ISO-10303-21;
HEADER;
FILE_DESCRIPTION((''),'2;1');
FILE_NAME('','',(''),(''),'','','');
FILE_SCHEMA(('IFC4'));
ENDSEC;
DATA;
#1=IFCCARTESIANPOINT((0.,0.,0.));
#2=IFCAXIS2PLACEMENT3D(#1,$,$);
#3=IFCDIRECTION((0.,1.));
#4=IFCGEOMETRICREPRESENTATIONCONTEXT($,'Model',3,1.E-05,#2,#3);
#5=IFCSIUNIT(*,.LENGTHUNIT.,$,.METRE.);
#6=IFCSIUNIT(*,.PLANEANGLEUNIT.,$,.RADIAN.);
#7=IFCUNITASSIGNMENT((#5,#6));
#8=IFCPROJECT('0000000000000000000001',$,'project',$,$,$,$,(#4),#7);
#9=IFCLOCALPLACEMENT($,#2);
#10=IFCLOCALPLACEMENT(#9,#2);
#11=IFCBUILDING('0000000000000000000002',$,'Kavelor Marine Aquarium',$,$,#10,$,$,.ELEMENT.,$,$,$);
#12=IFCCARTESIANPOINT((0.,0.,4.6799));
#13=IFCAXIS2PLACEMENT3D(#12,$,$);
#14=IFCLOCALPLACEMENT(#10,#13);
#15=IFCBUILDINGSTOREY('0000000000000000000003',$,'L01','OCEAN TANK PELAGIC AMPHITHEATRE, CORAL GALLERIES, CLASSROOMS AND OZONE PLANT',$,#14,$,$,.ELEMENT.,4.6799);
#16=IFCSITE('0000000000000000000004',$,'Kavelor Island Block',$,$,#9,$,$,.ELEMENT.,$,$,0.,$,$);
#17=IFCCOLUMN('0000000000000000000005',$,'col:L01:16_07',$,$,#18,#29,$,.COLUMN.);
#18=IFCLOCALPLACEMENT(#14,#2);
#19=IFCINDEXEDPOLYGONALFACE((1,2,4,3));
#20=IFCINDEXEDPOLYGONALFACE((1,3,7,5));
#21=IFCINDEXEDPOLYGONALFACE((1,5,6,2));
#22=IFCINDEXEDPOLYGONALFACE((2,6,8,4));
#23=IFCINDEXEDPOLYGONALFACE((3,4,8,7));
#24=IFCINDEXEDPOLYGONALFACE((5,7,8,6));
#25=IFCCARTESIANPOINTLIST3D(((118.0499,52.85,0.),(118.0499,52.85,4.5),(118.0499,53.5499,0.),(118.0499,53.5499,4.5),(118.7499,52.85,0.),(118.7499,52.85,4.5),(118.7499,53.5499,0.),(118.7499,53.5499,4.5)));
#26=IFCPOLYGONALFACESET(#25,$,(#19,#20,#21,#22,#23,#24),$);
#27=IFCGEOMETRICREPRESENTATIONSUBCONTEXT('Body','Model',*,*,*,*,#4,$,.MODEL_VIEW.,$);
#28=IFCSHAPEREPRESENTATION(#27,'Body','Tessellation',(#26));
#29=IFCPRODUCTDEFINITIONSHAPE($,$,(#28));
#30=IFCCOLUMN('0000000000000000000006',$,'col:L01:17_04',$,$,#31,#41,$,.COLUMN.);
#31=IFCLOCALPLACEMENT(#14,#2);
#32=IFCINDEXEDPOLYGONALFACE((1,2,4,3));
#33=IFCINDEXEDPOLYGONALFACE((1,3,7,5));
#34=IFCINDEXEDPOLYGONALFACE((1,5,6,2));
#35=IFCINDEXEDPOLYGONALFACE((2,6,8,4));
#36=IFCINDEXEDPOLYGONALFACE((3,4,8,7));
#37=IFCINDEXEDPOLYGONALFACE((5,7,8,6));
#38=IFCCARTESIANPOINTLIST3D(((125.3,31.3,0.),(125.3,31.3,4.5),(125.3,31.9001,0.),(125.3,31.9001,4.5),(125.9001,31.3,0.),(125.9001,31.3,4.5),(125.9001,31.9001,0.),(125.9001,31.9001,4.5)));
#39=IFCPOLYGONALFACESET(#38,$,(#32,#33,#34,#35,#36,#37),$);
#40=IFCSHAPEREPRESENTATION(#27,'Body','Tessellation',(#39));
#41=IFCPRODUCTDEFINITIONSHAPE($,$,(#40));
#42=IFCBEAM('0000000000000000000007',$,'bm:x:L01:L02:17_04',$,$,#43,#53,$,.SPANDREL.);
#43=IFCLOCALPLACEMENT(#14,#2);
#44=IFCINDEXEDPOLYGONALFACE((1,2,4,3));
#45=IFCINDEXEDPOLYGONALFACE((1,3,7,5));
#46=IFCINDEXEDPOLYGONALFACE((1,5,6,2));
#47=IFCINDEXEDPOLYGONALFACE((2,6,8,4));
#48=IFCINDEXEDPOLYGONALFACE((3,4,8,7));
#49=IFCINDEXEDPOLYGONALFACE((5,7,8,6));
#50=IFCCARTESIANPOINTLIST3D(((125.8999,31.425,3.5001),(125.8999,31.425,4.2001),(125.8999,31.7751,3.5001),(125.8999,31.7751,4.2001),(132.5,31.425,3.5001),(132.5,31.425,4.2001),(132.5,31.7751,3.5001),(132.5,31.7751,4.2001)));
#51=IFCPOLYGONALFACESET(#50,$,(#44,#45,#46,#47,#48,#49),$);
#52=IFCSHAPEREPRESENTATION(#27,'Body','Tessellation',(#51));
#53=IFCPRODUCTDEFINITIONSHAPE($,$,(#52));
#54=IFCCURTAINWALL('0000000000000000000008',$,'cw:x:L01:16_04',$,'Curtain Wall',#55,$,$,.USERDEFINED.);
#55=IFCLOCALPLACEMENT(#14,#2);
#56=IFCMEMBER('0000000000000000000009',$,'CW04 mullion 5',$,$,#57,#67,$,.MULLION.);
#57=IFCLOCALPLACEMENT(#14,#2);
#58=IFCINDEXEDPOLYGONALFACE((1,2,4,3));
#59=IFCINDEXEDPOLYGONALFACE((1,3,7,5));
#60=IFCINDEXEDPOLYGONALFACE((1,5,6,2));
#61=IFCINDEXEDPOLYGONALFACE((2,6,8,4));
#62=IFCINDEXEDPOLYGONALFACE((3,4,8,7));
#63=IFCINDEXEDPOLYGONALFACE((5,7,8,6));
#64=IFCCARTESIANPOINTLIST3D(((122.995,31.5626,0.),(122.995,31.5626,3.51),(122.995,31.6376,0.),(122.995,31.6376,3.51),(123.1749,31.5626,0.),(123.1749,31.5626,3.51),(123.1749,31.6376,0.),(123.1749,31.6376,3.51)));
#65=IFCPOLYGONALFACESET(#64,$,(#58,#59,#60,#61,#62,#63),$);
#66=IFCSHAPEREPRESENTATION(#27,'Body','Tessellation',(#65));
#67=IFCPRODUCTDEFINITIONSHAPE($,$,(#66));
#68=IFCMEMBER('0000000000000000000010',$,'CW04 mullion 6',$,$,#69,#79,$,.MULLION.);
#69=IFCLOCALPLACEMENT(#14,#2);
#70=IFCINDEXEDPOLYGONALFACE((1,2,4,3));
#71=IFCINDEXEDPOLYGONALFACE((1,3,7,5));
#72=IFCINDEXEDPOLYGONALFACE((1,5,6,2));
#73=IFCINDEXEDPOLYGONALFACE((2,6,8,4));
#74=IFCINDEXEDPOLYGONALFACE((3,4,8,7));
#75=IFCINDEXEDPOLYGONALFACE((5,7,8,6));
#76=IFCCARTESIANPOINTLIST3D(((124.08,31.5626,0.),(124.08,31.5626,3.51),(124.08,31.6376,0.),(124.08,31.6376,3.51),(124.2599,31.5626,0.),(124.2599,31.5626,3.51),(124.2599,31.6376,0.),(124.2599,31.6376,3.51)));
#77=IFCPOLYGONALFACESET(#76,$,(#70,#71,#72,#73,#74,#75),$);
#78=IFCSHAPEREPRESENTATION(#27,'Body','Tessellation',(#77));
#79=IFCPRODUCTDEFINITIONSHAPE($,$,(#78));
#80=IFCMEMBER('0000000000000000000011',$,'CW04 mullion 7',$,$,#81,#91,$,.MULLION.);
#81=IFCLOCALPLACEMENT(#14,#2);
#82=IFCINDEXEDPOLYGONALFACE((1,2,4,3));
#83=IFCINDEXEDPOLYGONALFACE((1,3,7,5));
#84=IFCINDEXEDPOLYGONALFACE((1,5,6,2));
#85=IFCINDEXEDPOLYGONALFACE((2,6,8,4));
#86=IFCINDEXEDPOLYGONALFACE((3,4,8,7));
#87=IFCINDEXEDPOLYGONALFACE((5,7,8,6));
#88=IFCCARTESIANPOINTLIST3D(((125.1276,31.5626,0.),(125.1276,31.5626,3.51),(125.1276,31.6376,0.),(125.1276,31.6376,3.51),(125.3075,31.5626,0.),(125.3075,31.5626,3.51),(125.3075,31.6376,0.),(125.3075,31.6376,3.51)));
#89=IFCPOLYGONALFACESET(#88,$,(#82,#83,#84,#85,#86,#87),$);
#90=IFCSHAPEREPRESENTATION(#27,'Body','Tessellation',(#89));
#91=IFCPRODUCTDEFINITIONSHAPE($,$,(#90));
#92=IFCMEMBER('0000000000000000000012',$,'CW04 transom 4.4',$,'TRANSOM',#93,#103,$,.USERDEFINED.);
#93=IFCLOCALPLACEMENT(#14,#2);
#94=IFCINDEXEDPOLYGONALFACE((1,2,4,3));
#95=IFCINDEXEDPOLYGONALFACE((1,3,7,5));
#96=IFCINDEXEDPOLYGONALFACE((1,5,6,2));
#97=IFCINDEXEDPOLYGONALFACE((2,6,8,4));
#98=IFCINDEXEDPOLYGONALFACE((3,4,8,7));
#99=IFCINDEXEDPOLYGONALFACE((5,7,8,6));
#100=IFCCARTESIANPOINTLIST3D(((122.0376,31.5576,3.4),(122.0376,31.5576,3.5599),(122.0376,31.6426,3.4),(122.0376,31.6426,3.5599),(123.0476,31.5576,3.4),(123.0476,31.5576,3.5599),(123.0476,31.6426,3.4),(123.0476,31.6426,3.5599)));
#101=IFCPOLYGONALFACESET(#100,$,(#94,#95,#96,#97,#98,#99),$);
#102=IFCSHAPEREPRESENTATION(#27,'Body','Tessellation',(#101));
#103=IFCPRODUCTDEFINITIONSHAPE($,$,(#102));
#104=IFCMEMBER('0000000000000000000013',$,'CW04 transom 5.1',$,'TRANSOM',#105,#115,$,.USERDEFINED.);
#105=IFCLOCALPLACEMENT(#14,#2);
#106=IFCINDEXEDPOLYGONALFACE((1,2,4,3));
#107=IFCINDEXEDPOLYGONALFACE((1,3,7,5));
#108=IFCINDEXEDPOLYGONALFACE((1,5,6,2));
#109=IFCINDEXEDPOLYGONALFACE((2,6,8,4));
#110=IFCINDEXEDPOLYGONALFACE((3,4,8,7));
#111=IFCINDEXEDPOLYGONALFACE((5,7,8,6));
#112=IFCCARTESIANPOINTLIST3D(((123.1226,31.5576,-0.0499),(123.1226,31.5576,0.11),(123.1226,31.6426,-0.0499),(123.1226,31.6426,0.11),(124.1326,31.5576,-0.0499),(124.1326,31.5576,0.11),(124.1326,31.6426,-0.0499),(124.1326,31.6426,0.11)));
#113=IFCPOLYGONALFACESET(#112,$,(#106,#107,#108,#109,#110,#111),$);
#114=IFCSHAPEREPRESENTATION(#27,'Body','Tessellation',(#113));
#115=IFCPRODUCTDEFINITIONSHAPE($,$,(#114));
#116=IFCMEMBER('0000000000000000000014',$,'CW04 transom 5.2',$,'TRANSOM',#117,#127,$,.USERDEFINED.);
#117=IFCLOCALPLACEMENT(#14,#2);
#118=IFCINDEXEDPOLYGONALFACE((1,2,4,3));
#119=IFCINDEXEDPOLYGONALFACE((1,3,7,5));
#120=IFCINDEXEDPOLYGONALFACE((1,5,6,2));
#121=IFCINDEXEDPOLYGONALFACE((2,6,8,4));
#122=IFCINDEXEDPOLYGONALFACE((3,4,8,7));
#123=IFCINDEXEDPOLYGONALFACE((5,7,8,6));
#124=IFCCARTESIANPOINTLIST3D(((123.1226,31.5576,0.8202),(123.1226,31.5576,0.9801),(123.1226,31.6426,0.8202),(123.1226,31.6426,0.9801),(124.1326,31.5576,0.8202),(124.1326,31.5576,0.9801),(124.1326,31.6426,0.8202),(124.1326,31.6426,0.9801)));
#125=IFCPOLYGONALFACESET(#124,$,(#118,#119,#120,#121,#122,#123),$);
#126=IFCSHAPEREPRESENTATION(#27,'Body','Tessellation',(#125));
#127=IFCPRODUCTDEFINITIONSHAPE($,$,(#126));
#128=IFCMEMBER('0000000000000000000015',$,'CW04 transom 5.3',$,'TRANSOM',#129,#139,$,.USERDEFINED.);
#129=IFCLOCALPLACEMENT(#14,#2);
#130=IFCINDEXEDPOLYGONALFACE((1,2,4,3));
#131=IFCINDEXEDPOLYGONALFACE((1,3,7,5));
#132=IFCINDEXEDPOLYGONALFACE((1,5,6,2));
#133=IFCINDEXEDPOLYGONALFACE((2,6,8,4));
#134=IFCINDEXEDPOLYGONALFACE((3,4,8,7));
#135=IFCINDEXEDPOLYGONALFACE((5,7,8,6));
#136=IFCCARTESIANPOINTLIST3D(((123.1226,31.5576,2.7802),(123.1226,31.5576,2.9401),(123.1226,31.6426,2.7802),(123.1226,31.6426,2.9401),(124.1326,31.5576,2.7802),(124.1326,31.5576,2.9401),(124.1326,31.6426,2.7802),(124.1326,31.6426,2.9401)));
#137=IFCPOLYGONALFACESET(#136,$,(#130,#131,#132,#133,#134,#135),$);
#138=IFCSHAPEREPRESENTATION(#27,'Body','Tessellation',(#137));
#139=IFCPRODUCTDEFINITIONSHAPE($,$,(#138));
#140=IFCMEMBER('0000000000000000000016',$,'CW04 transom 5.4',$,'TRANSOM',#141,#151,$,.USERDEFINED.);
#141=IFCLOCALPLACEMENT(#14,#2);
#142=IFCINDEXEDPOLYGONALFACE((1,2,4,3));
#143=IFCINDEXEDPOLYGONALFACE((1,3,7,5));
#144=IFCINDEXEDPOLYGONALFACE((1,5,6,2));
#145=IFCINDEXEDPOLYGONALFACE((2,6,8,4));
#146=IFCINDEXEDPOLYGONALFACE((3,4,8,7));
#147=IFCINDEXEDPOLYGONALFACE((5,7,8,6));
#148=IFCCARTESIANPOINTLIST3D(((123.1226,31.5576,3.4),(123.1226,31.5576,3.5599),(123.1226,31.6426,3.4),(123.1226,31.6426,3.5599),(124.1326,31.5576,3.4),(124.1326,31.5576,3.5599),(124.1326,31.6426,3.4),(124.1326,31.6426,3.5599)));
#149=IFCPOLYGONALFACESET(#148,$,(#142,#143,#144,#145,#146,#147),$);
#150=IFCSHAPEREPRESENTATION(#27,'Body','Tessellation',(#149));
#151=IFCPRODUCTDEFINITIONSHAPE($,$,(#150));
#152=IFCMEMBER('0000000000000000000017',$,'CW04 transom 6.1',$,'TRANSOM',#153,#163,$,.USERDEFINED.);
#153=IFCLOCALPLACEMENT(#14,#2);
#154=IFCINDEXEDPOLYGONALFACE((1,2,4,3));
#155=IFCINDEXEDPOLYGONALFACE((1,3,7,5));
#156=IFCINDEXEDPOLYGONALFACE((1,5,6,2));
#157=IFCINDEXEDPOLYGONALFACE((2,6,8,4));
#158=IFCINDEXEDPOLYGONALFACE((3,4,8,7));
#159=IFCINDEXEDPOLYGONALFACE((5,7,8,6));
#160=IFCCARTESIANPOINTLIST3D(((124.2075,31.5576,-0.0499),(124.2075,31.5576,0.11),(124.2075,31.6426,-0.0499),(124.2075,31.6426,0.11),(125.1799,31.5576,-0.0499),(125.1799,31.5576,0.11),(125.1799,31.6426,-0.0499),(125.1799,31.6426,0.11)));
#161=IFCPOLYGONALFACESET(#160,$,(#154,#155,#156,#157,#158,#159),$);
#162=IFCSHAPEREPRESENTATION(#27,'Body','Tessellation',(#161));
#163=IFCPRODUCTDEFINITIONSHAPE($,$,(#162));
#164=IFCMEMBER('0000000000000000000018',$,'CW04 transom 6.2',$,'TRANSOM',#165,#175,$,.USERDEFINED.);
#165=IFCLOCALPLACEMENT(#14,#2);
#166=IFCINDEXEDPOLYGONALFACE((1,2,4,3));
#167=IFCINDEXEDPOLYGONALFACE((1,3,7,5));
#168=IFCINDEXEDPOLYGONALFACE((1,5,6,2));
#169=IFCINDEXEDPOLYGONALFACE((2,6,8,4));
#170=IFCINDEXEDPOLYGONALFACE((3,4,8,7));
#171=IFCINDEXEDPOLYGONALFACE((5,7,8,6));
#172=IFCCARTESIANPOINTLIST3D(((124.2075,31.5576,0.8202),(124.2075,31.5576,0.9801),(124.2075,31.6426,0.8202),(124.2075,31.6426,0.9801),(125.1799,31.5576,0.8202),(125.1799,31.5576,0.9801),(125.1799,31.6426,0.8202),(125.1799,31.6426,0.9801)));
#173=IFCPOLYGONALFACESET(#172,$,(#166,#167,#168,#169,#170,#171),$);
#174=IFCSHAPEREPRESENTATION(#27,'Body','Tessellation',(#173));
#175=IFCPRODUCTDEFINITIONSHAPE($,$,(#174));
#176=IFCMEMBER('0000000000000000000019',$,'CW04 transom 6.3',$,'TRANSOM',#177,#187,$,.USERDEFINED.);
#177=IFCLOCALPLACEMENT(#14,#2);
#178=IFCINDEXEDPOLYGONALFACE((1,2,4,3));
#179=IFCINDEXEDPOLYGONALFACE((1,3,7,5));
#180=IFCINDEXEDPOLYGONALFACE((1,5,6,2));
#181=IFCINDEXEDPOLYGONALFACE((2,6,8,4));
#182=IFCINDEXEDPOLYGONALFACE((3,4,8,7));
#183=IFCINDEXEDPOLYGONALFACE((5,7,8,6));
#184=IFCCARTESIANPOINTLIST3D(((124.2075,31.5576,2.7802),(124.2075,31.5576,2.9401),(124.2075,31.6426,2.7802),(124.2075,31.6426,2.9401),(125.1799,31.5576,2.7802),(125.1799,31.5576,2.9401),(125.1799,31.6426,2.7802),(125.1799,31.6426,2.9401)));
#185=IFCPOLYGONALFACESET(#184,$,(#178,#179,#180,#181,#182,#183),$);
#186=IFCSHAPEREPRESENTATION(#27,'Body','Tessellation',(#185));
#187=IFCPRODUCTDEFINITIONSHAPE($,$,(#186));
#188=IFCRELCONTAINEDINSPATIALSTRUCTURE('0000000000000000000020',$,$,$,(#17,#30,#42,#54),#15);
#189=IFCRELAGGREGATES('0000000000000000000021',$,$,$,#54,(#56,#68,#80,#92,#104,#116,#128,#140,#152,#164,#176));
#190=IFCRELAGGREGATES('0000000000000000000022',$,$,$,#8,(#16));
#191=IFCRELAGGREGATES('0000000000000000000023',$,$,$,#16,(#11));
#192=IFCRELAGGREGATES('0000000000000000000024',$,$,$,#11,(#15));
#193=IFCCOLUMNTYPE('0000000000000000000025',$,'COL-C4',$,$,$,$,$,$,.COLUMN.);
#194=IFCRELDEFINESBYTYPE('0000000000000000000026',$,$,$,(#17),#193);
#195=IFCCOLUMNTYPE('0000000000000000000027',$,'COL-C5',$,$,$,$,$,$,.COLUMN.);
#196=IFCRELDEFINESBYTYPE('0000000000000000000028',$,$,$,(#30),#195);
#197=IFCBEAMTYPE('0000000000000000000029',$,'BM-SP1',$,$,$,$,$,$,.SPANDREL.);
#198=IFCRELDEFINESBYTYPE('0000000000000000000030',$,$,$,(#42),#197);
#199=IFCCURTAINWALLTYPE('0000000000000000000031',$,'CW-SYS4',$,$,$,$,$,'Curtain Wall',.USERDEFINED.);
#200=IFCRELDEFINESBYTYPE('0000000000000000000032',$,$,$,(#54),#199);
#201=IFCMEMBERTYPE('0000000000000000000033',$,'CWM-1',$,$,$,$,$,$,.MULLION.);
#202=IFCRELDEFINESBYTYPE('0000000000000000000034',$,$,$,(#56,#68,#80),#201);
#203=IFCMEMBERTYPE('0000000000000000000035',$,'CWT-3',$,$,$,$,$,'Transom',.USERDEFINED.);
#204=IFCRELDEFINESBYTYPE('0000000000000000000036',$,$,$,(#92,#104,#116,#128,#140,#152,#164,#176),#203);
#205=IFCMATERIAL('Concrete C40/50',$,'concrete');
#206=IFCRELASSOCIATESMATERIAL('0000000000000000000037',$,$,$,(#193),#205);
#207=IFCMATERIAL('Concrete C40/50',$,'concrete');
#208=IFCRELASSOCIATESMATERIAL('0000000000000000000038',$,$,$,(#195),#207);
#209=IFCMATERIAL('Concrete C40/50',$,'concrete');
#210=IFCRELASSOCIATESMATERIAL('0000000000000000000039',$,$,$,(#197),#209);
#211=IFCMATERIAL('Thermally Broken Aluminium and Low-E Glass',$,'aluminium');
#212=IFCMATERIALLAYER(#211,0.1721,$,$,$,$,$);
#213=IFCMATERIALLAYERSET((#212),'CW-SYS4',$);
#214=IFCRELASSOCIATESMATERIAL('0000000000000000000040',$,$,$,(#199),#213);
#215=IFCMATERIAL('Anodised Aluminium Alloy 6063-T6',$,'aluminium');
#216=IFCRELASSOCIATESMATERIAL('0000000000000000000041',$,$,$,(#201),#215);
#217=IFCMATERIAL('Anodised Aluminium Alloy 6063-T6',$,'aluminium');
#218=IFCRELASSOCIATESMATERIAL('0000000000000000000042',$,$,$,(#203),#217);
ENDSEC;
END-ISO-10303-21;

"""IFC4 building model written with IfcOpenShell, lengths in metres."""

from ifc_helpers import new_model, si_unit, direction, frame, origin, origin_2d, place, context, subcontext, project, spatial, rectangle, extrude, material, layer, layer_set, material_profile, profile_set, type_object, element, aggregate, save


model = new_model("IFC4")

# Units and contexts
model_context = context("Model", 3, precision=1e-05, world=origin(), true_north=direction((0.0, 1.0)))
body_context = subcontext(model_context, "Body", "Model", "MODEL_VIEW")
ifc_project = project(units=[si_unit("LENGTHUNIT", "METRE"), si_unit("PLANEANGLEUNIT", "RADIAN")], contexts=[model_context])

# Site, building, storey
site_placement = place(None, origin())
site = spatial("IfcSite", under=ifc_project, at=site_placement, Name="Kavelor Island Block", CompositionType="ELEMENT", RefElevation=0.0)
building_placement = place(site_placement, origin())
building = spatial("IfcBuilding", under=site, at=building_placement, Name="Kavelor Marine Aquarium", CompositionType="ELEMENT")
storey_placement = place(building_placement, frame((0.0, 0.0, 4.6799)))
storey = spatial("IfcBuildingStorey", under=building, at=storey_placement, Name="L01", Description="OCEAN TANK PELAGIC AMPHITHEATRE, CORAL GALLERIES, CLASSROOMS AND OZONE PLANT", CompositionType="ELEMENT", Elevation=4.6799)

# Columns
ifc_material_1 = material(Name="Concrete C40/50", Category="concrete")
ifc_material_profile_1 = material_profile(ifc_material_1, rectangle(XDim=0.7, YDim=0.7, at=origin_2d()), Name="RC-COL 700x700")
ifc_profile_set_1 = profile_set([ifc_material_profile_1], Name="Concrete C40/50")
column_type_1 = type_object("IfcColumnType", Name="COL-C4", PredefinedType="COLUMN", material=ifc_profile_set_1)
column_1_placement = place(storey_placement, frame((118.3999, 53.2, 0.0), z_axis=(0.0, 0.0, 1.0), x_axis=(1.0, 0.0, 0.0)))
element("IfcColumn", 1, at=column_1_placement, inside=storey, type_object=column_type_1, Name="col:L01:16_07", PredefinedType="COLUMN", context=body_context, shape_type="SweptSolid", body=[
    extrude(rectangle(XDim=0.7, YDim=0.7, at=origin_2d()), origin(), (0.0, 0.0, 1.0), 4.5),
])
ifc_material_2 = material(Name="Concrete C40/50", Category="concrete")
ifc_material_profile_2 = material_profile(ifc_material_2, rectangle(XDim=0.6001, YDim=0.6001, at=origin_2d()), Name="RC-COL 600x600")
ifc_profile_set_2 = profile_set([ifc_material_profile_2], Name="Concrete C40/50")
column_type_2 = type_object("IfcColumnType", Name="COL-C5", PredefinedType="COLUMN", material=ifc_profile_set_2)
column_2_placement = place(storey_placement, frame((125.6001, 31.6001, 0.0), z_axis=(0.0, 0.0, 1.0), x_axis=(1.0, 0.0, 0.0)))
element("IfcColumn", 2, at=column_2_placement, inside=storey, type_object=column_type_2, Name="col:L01:17_04", PredefinedType="COLUMN", context=body_context, shape_type="SweptSolid", body=[
    extrude(rectangle(XDim=0.6001, YDim=0.6001, at=origin_2d()), origin(), (0.0, 0.0, 1.0), 4.5),
])

# Beam
ifc_material_3 = material(Name="Concrete C40/50", Category="concrete")
ifc_material_profile_3 = material_profile(ifc_material_3, rectangle(XDim=0.3501, YDim=0.7, at=origin_2d()), Name="RC-SP 350x700")
ifc_profile_set_3 = profile_set([ifc_material_profile_3], Name="Concrete C40/50")
beam_type = type_object("IfcBeamType", Name="BM-SP1", PredefinedType="SPANDREL", material=ifc_profile_set_3)
beam_placement = place(storey_placement, frame((125.8999, 31.6001, 3.8501), z_axis=(1.0, 0.0, 0.0), x_axis=(0.0, 1.0, 0.0)))
element("IfcBeam", 3, at=beam_placement, inside=storey, type_object=beam_type, Name="bm:x:L01:L02:17_04", PredefinedType="SPANDREL", context=body_context, shape_type="SweptSolid", body=[
    extrude(rectangle(XDim=0.3501, YDim=0.7, at=origin_2d()), origin(), (0.0, 0.0, 1.0), 6.6001),
])

# Curtain wall, members
ifc_material_4 = material(Name="Thermally Broken Aluminium and Low-E Glass", Category="aluminium")
ifc_layer_1 = layer(ifc_material_4, 0.1721)
ifc_layer_set_1 = layer_set([ifc_layer_1], Name="CW-SYS4")
curtain_wall_type = type_object("IfcCurtainWallType", Name="CW-SYS4", ElementType="Curtain Wall", PredefinedType="USERDEFINED", material=ifc_layer_set_1)
curtain_wall_placement = place(storey_placement, origin())
curtain_wall = element("IfcCurtainWall", 4, at=curtain_wall_placement, inside=storey, type_object=curtain_wall_type, Name="cw:x:L01:16_04", ObjectType="Curtain Wall", PredefinedType="USERDEFINED")
ifc_material_5 = material(Name="Anodised Aluminium Alloy 6063-T6", Category="aluminium")
ifc_material_profile_4 = material_profile(ifc_material_5, rectangle(XDim=0.075, YDim=0.1799, at=origin_2d()), Name="CW-MUL 75x180")
ifc_profile_set_4 = profile_set([ifc_material_profile_4], Name="Anodised Aluminium Alloy 6063-T6")
member_type_1 = type_object("IfcMemberType", Name="CWM-1", PredefinedType="MULLION", material=ifc_profile_set_4)
member_1_placement = place(storey_placement, frame((123.085, 31.6001, 0.0), z_axis=(0.0, 0.0, 1.0), x_axis=(0.0, 1.0, 0.0)))
member_1 = element("IfcMember", 5, at=member_1_placement, type_object=member_type_1, Name="CW04 mullion 5", PredefinedType="MULLION", context=body_context, shape_type="SweptSolid", body=[
    extrude(rectangle(XDim=0.075, YDim=0.1799, at=origin_2d()), origin(), (0.0, 0.0, 1.0), 3.51),
])
member_2_placement = place(storey_placement, frame((124.1699, 31.6001, 0.0), z_axis=(0.0, 0.0, 1.0), x_axis=(0.0, 1.0, 0.0)))
member_2 = element("IfcMember", 6, at=member_2_placement, type_object=member_type_1, Name="CW04 mullion 6", PredefinedType="MULLION", context=body_context, shape_type="SweptSolid", body=[
    extrude(rectangle(XDim=0.075, YDim=0.1799, at=origin_2d()), origin(), (0.0, 0.0, 1.0), 3.51),
])
member_3_placement = place(storey_placement, frame((125.2175, 31.6001, 0.0), z_axis=(0.0, 0.0, 1.0), x_axis=(0.0, 1.0, 0.0)))
member_3 = element("IfcMember", 7, at=member_3_placement, type_object=member_type_1, Name="CW04 mullion 7", PredefinedType="MULLION", context=body_context, shape_type="SweptSolid", body=[
    extrude(rectangle(XDim=0.075, YDim=0.1799, at=origin_2d()), origin(), (0.0, 0.0, 1.0), 3.51),
])
ifc_material_6 = material(Name="Anodised Aluminium Alloy 6063-T6", Category="aluminium")
ifc_material_profile_5 = material_profile(ifc_material_6, rectangle(XDim=0.085, YDim=0.1599, at=origin_2d()), Name="CW-TRN 85x160")
ifc_profile_set_5 = profile_set([ifc_material_profile_5], Name="Anodised Aluminium Alloy 6063-T6")
member_type_2 = type_object("IfcMemberType", Name="CWT-3", ElementType="Transom", PredefinedType="USERDEFINED", material=ifc_profile_set_5)
member_4_placement = place(storey_placement, frame((122.0376, 31.6001, 3.48), z_axis=(1.0, 0.0, 0.0), x_axis=(0.0, 1.0, 0.0)))
member_4 = element("IfcMember", 8, at=member_4_placement, type_object=member_type_2, Name="CW04 transom 4.4", ObjectType="TRANSOM", PredefinedType="USERDEFINED", context=body_context, shape_type="SweptSolid", body=[
    extrude(rectangle(XDim=0.085, YDim=0.1599, at=origin_2d()), origin(), (0.0, 0.0, 1.0), 1.01),
])
member_5_placement = place(storey_placement, frame((123.1226, 31.6001, 0.03), z_axis=(1.0, 0.0, 0.0), x_axis=(0.0, 1.0, 0.0)))
member_5 = element("IfcMember", 9, at=member_5_placement, type_object=member_type_2, Name="CW04 transom 5.1", ObjectType="TRANSOM", PredefinedType="USERDEFINED", context=body_context, shape_type="SweptSolid", body=[
    extrude(rectangle(XDim=0.085, YDim=0.1599, at=origin_2d()), origin(), (0.0, 0.0, 1.0), 1.01),
])
member_6_placement = place(storey_placement, frame((123.1226, 31.6001, 0.9001), z_axis=(1.0, 0.0, 0.0), x_axis=(0.0, 1.0, 0.0)))
member_6 = element("IfcMember", 10, at=member_6_placement, type_object=member_type_2, Name="CW04 transom 5.2", ObjectType="TRANSOM", PredefinedType="USERDEFINED", context=body_context, shape_type="SweptSolid", body=[
    extrude(rectangle(XDim=0.085, YDim=0.1599, at=origin_2d()), origin(), (0.0, 0.0, 1.0), 1.01),
])
member_7_placement = place(storey_placement, frame((123.1226, 31.6001, 2.8601), z_axis=(1.0, 0.0, 0.0), x_axis=(0.0, 1.0, 0.0)))
member_7 = element("IfcMember", 11, at=member_7_placement, type_object=member_type_2, Name="CW04 transom 5.3", ObjectType="TRANSOM", PredefinedType="USERDEFINED", context=body_context, shape_type="SweptSolid", body=[
    extrude(rectangle(XDim=0.085, YDim=0.1599, at=origin_2d()), origin(), (0.0, 0.0, 1.0), 1.01),
])
member_8_placement = place(storey_placement, frame((123.1226, 31.6001, 3.48), z_axis=(1.0, 0.0, 0.0), x_axis=(0.0, 1.0, 0.0)))
member_8 = element("IfcMember", 12, at=member_8_placement, type_object=member_type_2, Name="CW04 transom 5.4", ObjectType="TRANSOM", PredefinedType="USERDEFINED", context=body_context, shape_type="SweptSolid", body=[
    extrude(rectangle(XDim=0.085, YDim=0.1599, at=origin_2d()), origin(), (0.0, 0.0, 1.0), 1.01),
])
member_9_placement = place(storey_placement, frame((124.2075, 31.6001, 0.03), z_axis=(1.0, 0.0, 0.0), x_axis=(0.0, 1.0, 0.0)))
member_9 = element("IfcMember", 13, at=member_9_placement, type_object=member_type_2, Name="CW04 transom 6.1", ObjectType="TRANSOM", PredefinedType="USERDEFINED", context=body_context, shape_type="SweptSolid", body=[
    extrude(rectangle(XDim=0.085, YDim=0.1599, at=origin_2d()), origin(), (0.0, 0.0, 1.0), 0.9724),
])
member_10_placement = place(storey_placement, frame((124.2075, 31.6001, 0.9001), z_axis=(1.0, 0.0, 0.0), x_axis=(0.0, 1.0, 0.0)))
member_10 = element("IfcMember", 14, at=member_10_placement, type_object=member_type_2, Name="CW04 transom 6.2", ObjectType="TRANSOM", PredefinedType="USERDEFINED", context=body_context, shape_type="SweptSolid", body=[
    extrude(rectangle(XDim=0.085, YDim=0.1599, at=origin_2d()), origin(), (0.0, 0.0, 1.0), 0.9724),
])
member_11_placement = place(storey_placement, frame((124.2075, 31.6001, 2.8601), z_axis=(1.0, 0.0, 0.0), x_axis=(0.0, 1.0, 0.0)))
member_11 = element("IfcMember", 15, at=member_11_placement, type_object=member_type_2, Name="CW04 transom 6.3", ObjectType="TRANSOM", PredefinedType="USERDEFINED", context=body_context, shape_type="SweptSolid", body=[
    extrude(rectangle(XDim=0.085, YDim=0.1599, at=origin_2d()), origin(), (0.0, 0.0, 1.0), 0.9724),
])
aggregate(curtain_wall, [member_1, member_2, member_3, member_4, member_5, member_6, member_7, member_8, member_9, member_10, member_11])

save(model, "model.ifc")
